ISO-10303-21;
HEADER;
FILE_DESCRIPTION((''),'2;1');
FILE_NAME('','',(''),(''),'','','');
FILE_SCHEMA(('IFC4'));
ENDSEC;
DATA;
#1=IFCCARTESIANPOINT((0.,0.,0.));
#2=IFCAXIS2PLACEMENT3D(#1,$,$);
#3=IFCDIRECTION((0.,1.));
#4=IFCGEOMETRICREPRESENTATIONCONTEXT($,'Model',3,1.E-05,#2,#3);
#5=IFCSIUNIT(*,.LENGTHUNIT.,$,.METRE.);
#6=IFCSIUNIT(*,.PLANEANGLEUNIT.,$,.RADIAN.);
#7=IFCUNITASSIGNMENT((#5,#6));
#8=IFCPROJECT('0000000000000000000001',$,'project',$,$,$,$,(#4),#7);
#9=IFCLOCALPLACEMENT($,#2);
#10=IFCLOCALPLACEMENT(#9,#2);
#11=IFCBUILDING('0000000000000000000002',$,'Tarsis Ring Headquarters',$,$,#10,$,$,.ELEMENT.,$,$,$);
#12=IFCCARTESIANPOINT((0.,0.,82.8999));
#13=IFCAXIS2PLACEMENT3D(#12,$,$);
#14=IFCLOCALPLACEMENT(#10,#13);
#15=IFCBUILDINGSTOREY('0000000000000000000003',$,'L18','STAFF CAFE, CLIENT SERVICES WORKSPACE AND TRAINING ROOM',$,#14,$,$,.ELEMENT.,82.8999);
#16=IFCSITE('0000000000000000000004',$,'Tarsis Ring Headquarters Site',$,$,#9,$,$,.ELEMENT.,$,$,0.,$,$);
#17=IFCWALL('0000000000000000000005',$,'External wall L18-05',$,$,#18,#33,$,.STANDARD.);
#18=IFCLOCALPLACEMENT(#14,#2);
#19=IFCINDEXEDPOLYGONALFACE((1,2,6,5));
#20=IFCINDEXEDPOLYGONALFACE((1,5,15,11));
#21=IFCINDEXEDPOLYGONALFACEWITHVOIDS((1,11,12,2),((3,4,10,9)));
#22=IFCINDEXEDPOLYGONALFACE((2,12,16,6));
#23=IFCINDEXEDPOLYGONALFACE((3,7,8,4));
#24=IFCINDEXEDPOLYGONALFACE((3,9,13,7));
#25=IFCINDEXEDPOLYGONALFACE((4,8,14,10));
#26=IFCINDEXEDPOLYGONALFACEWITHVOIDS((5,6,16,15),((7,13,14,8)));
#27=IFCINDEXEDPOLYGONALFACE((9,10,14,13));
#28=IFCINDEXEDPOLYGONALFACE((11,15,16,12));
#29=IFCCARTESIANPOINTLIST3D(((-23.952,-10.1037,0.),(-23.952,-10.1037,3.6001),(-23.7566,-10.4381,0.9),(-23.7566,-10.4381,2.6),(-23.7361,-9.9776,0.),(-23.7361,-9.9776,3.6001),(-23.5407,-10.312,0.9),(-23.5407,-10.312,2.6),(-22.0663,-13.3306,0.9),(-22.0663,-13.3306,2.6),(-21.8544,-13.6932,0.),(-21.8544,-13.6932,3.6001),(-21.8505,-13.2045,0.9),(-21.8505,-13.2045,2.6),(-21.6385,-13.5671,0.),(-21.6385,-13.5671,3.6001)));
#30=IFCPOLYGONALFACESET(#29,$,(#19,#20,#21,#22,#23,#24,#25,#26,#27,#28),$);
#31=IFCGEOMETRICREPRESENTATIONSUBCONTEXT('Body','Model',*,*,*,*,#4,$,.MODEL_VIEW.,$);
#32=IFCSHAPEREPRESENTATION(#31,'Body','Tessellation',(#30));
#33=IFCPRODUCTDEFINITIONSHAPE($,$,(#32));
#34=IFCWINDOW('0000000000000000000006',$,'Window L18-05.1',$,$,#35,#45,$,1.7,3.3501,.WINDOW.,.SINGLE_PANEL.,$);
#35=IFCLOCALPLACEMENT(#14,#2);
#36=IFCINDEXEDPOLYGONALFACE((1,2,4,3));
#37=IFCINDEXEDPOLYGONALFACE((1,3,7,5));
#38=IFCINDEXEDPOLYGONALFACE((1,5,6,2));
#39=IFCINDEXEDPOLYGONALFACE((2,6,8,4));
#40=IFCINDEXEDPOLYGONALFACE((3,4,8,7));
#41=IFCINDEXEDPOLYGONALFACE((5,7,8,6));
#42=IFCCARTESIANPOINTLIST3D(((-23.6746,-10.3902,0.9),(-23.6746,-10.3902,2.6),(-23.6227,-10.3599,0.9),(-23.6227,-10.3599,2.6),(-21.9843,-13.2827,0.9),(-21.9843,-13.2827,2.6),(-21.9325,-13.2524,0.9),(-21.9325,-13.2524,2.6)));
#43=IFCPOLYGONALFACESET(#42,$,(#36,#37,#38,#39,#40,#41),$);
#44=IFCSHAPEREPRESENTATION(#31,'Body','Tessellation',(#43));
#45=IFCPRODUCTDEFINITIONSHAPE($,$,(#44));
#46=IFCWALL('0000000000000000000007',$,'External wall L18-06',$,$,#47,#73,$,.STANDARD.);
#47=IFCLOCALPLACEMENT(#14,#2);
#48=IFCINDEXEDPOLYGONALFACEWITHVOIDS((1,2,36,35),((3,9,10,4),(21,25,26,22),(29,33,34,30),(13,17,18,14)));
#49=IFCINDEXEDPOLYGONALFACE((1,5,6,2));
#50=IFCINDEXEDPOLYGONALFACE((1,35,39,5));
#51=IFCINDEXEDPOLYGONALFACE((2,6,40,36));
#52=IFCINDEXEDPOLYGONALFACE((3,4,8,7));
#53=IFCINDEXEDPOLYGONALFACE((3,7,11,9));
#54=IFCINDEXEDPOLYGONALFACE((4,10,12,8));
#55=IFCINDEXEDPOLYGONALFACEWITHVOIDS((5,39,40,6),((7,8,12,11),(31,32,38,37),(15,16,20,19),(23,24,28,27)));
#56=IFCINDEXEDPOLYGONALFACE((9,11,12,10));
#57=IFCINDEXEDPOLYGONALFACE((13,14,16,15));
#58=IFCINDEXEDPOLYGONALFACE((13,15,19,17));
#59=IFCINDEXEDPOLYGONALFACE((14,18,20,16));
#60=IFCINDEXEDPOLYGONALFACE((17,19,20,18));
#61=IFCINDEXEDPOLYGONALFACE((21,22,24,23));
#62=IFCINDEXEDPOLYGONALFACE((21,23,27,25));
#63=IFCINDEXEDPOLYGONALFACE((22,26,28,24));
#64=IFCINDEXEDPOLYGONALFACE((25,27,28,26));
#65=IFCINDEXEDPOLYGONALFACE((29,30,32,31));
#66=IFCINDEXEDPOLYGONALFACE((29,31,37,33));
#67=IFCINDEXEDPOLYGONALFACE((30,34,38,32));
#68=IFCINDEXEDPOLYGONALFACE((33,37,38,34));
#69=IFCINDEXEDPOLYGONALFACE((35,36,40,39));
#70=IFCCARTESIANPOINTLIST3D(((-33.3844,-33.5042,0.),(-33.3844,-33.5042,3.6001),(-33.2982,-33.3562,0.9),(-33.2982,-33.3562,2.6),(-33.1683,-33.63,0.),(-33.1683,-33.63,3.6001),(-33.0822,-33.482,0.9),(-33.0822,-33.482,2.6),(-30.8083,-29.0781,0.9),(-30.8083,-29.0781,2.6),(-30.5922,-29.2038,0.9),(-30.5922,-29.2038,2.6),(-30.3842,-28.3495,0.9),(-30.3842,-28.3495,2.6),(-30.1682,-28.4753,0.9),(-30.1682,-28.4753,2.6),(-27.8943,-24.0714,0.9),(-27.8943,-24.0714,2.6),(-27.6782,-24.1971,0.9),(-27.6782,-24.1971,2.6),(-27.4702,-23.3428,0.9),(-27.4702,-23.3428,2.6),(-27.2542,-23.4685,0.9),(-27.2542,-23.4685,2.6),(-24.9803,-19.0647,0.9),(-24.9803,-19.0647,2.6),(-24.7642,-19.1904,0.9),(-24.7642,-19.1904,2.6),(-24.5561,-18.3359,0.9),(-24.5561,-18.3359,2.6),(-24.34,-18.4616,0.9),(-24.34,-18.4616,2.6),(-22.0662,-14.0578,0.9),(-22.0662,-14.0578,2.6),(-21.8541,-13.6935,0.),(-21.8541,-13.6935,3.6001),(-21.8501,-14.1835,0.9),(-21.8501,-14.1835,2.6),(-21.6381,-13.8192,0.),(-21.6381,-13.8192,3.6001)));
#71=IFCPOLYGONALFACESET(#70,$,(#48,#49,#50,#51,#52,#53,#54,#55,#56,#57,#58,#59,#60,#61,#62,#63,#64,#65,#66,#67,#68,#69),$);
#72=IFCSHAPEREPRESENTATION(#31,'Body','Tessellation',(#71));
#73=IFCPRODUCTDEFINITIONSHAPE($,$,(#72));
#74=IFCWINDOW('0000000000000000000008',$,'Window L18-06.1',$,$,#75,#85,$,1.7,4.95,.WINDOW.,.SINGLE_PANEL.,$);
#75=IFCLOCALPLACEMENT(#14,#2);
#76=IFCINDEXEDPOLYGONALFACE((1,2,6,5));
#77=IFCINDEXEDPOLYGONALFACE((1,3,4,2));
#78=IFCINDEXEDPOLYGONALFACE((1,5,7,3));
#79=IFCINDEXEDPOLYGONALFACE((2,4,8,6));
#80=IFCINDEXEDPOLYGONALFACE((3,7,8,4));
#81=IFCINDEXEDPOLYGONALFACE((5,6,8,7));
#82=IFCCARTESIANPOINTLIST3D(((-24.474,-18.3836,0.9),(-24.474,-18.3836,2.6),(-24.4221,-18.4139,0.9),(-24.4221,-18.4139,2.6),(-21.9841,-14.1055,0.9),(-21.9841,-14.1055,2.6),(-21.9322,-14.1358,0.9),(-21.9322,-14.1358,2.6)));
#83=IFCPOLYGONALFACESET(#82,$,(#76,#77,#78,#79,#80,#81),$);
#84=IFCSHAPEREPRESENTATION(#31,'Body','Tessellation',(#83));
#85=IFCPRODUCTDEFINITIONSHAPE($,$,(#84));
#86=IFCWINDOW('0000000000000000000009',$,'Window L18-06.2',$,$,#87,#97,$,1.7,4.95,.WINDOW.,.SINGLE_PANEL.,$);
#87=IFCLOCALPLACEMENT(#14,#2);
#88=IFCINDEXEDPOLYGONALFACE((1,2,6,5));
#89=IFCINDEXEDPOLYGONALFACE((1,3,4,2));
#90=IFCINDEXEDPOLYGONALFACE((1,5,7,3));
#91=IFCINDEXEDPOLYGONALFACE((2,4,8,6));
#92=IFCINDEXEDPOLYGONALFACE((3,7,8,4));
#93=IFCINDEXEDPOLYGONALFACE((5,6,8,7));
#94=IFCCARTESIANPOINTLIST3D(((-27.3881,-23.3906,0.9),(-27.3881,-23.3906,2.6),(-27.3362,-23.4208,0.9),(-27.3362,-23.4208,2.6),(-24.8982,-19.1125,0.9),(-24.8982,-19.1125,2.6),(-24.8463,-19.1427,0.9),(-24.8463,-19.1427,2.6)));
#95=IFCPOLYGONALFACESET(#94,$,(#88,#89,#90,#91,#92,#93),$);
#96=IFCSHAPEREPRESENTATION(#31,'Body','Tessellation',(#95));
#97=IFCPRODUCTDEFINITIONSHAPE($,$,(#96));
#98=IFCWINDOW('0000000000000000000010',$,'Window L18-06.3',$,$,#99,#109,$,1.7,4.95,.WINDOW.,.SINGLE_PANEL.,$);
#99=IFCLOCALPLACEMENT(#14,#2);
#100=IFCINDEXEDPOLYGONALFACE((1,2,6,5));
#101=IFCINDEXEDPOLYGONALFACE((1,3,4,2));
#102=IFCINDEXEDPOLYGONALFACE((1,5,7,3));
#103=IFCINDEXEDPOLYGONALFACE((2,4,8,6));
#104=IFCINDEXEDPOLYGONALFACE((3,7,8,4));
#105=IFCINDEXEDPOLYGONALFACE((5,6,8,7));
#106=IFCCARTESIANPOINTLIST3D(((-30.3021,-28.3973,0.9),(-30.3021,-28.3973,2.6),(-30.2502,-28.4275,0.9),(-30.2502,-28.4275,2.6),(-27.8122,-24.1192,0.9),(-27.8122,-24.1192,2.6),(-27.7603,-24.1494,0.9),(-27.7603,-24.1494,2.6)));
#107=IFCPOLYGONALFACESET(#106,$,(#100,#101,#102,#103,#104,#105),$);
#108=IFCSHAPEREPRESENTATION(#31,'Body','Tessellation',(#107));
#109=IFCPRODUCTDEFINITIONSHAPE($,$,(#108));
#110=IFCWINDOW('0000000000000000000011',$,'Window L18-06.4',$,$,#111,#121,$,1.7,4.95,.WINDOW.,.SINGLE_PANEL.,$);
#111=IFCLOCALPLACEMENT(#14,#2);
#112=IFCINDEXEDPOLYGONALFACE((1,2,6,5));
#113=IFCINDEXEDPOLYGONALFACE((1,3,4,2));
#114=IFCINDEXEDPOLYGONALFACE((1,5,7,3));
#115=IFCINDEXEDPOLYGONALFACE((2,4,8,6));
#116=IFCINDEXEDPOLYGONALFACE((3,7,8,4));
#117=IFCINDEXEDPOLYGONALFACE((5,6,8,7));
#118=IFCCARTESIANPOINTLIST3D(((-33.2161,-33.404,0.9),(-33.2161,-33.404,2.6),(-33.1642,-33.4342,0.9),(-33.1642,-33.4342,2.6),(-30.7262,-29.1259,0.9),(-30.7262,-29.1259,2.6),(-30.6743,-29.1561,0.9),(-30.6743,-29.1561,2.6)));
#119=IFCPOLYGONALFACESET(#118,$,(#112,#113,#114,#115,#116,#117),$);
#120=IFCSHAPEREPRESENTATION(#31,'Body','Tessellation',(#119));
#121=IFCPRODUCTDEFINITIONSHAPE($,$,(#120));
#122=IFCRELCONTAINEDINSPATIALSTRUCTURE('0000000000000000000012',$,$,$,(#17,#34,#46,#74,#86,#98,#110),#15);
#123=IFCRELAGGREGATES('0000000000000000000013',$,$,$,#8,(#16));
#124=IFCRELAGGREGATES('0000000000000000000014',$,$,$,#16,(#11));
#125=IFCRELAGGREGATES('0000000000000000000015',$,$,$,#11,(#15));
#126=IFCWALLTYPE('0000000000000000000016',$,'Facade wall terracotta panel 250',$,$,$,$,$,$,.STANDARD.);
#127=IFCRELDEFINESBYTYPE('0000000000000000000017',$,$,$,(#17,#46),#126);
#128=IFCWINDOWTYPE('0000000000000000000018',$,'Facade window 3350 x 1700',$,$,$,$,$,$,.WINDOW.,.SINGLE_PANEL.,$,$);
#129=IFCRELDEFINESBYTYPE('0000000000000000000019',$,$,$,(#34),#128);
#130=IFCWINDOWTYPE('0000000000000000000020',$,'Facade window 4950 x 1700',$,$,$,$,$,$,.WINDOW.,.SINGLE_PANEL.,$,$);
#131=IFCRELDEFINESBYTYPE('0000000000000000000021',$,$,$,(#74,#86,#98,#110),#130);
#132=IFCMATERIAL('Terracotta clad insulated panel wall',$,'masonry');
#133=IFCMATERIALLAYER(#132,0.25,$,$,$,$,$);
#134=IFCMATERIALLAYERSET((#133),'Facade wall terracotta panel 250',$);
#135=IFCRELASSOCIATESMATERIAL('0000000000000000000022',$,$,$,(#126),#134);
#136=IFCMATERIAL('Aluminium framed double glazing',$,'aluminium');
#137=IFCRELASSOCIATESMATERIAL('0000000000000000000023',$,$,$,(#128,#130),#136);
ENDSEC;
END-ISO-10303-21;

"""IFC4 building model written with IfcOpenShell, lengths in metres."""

from ifc_helpers import new_model, si_unit, direction, frame, frame_2d, origin, place, context, subcontext, project, spatial, rectangle, extrude, material, layer, layer_set, type_object, element, fill, save


model = new_model("IFC4")

# Units and contexts
model_context = context("Model", 3, precision=1e-05, world=origin(), true_north=direction((0.0, 1.0)))
body_context = subcontext(model_context, "Body", "Model", "MODEL_VIEW")
ifc_project = project(units=[si_unit("LENGTHUNIT", "METRE"), si_unit("PLANEANGLEUNIT", "RADIAN")], contexts=[model_context])

# Site, building, storey
site_placement = place(None, origin())
site = spatial("IfcSite", under=ifc_project, at=site_placement, Name="Tarsis Ring Headquarters Site", CompositionType="ELEMENT", RefElevation=0.0)
building_placement = place(site_placement, origin())
building = spatial("IfcBuilding", under=site, at=building_placement, Name="Tarsis Ring Headquarters", CompositionType="ELEMENT")
storey_placement = place(building_placement, frame((0.0, 0.0, 82.8999)))
storey = spatial("IfcBuildingStorey", under=building, at=storey_placement, Name="L18", Description="STAFF CAFE, CLIENT SERVICES WORKSPACE AND TRAINING ROOM", CompositionType="ELEMENT", Elevation=82.8999)

# Wall, opening, window
ifc_material_1 = material(Name="Terracotta clad insulated panel wall", Category="masonry")
ifc_layer_1 = layer(ifc_material_1, 0.25)
ifc_layer_set_1 = layer_set([ifc_layer_1], Name="Facade wall terracotta panel 250")
wall_type_1 = type_object("IfcWallType", Name="Facade wall terracotta panel 250", PredefinedType="STANDARD", material=ifc_layer_set_1)
ifc_material_2 = material(Name="Aluminium framed double glazing", Category="aluminium")
wall_1_placement = place(storey_placement, frame((-23.844, -10.0408, 0.0), z_axis=(0.0, 0.0, 1.0), x_axis=(0.504539, -0.863389, 0.0)))
wall_1 = element("IfcWall", 1, at=wall_1_placement, inside=storey, type_object=wall_type_1, Name="External wall L18-05", PredefinedType="STANDARD", context=body_context, shape_type="SweptSolid", body=[
    extrude(rectangle(XDim=4.1575, YDim=0.25, at=frame_2d((2.0786, 0.0))), origin(), (0.0, 0.0, 1.0), 3.6001),
])
opening_1_placement = place(wall_1_placement, frame((0.3872, 0.0, 0.8999)))
opening_1 = element("IfcOpeningElement", 2, at=opening_1_placement, cuts=wall_1, PredefinedType="OPENING", context=body_context, shape_type="SweptSolid", body=[
    extrude(rectangle(XDim=3.3501, YDim=1.7, at=frame_2d((1.675, 0.8501))), frame((0.0, 0.135, 0.0), z_axis=(0.0, -1.0, 0.0), x_axis=(1.0, 0.0, 0.0)), (0.0, 0.0, 1.0), 0.27),
])
window_type_1 = type_object("IfcWindowType", Name="Facade window 3350 x 1700", PartitioningType="SINGLE_PANEL", PredefinedType="WINDOW", material=ifc_material_2)
window_1_placement = place(opening_1_placement, origin())
window_1 = element("IfcWindow", 3, at=window_1_placement, inside=storey, type_object=window_type_1, Name="Window L18-05.1", OverallHeight=1.7, OverallWidth=3.3501, PartitioningType="SINGLE_PANEL", PredefinedType="WINDOW", context=body_context, shape_type="SweptSolid", body=[
    extrude(rectangle(XDim=3.3501, YDim=1.7, at=frame_2d((1.675, 0.8501))), frame((0.0, 0.03, 0.0), z_axis=(0.0, -1.0, 0.0), x_axis=(1.0, 0.0, 0.0)), (0.0, 0.0, 1.0), 0.0601),
])
fill(opening_1, window_1)

# Wall, openings, windows
wall_2_placement = place(storey_placement, frame((-21.7461, -13.7563, 0.0), z_axis=(0.0, 0.0, 1.0), x_axis=(-0.503024, -0.864273, 0.0)))
wall_2 = element("IfcWall", 4, at=wall_2_placement, inside=storey, type_object=wall_type_1, Name="External wall L18-06", PredefinedType="STANDARD", context=body_context, shape_type="SweptSolid", body=[
    extrude(rectangle(XDim=22.9219, YDim=0.25, at=frame_2d((11.4609, 0.0))), origin(), (0.0, 0.0, 1.0), 3.6001),
])
opening_2_placement = place(wall_2_placement, frame((0.4214, 0.0, 0.8999)))
opening_2 = element("IfcOpeningElement", 5, at=opening_2_placement, cuts=wall_2, PredefinedType="OPENING", context=body_context, shape_type="SweptSolid", body=[
    extrude(rectangle(XDim=4.95, YDim=1.7, at=frame_2d((2.4751, 0.8501))), frame((0.0, 0.135, 0.0), z_axis=(0.0, -1.0, 0.0), x_axis=(1.0, 0.0, 0.0)), (0.0, 0.0, 1.0), 0.27),
])
opening_3_placement = place(wall_2_placement, frame((6.2146, 0.0, 0.8999)))
opening_3 = element("IfcOpeningElement", 6, at=opening_3_placement, cuts=wall_2, PredefinedType="OPENING", context=body_context, shape_type="SweptSolid", body=[
    extrude(rectangle(XDim=4.95, YDim=1.7, at=frame_2d((2.4751, 0.8501))), frame((0.0, 0.135, 0.0), z_axis=(0.0, -1.0, 0.0), x_axis=(1.0, 0.0, 0.0)), (0.0, 0.0, 1.0), 0.27),
])
opening_4_placement = place(wall_2_placement, frame((12.0076, 0.0, 0.8999)))
opening_4 = element("IfcOpeningElement", 7, at=opening_4_placement, cuts=wall_2, PredefinedType="OPENING", context=body_context, shape_type="SweptSolid", body=[
    extrude(rectangle(XDim=4.95, YDim=1.7, at=frame_2d((2.4751, 0.8501))), frame((0.0, 0.135, 0.0), z_axis=(0.0, -1.0, 0.0), x_axis=(1.0, 0.0, 0.0)), (0.0, 0.0, 1.0), 0.27),
])
opening_5_placement = place(wall_2_placement, frame((17.8005, 0.0, 0.8999)))
opening_5 = element("IfcOpeningElement", 8, at=opening_5_placement, cuts=wall_2, PredefinedType="OPENING", context=body_context, shape_type="SweptSolid", body=[
    extrude(rectangle(XDim=4.95, YDim=1.7, at=frame_2d((2.4751, 0.8501))), frame((0.0, 0.135, 0.0), z_axis=(0.0, -1.0, 0.0), x_axis=(1.0, 0.0, 0.0)), (0.0, 0.0, 1.0), 0.27),
])
window_type_2 = type_object("IfcWindowType", Name="Facade window 4950 x 1700", PartitioningType="SINGLE_PANEL", PredefinedType="WINDOW", material=ifc_material_2)
window_2_placement = place(opening_2_placement, origin())
window_2 = element("IfcWindow", 9, at=window_2_placement, inside=storey, type_object=window_type_2, Name="Window L18-06.1", OverallHeight=1.7, OverallWidth=4.95, PartitioningType="SINGLE_PANEL", PredefinedType="WINDOW", context=body_context, shape_type="SweptSolid", body=[
    extrude(rectangle(XDim=4.95, YDim=1.7, at=frame_2d((2.4751, 0.8501))), frame((0.0, 0.03, 0.0), z_axis=(0.0, -1.0, 0.0), x_axis=(1.0, 0.0, 0.0)), (0.0, 0.0, 1.0), 0.0601),
])
fill(opening_2, window_2)
window_3_placement = place(opening_3_placement, origin())
window_3 = element("IfcWindow", 10, at=window_3_placement, inside=storey, type_object=window_type_2, Name="Window L18-06.2", OverallHeight=1.7, OverallWidth=4.95, PartitioningType="SINGLE_PANEL", PredefinedType="WINDOW", context=body_context, shape_type="SweptSolid", body=[
    extrude(rectangle(XDim=4.95, YDim=1.7, at=frame_2d((2.4751, 0.8501))), frame((0.0, 0.03, 0.0), z_axis=(0.0, -1.0, 0.0), x_axis=(1.0, 0.0, 0.0)), (0.0, 0.0, 1.0), 0.0601),
])
fill(opening_3, window_3)
window_4_placement = place(opening_4_placement, origin())
window_4 = element("IfcWindow", 11, at=window_4_placement, inside=storey, type_object=window_type_2, Name="Window L18-06.3", OverallHeight=1.7, OverallWidth=4.95, PartitioningType="SINGLE_PANEL", PredefinedType="WINDOW", context=body_context, shape_type="SweptSolid", body=[
    extrude(rectangle(XDim=4.95, YDim=1.7, at=frame_2d((2.4751, 0.8501))), frame((0.0, 0.03, 0.0), z_axis=(0.0, -1.0, 0.0), x_axis=(1.0, 0.0, 0.0)), (0.0, 0.0, 1.0), 0.0601),
])
fill(opening_4, window_4)
window_5_placement = place(opening_5_placement, origin())
window_5 = element("IfcWindow", 12, at=window_5_placement, inside=storey, type_object=window_type_2, Name="Window L18-06.4", OverallHeight=1.7, OverallWidth=4.95, PartitioningType="SINGLE_PANEL", PredefinedType="WINDOW", context=body_context, shape_type="SweptSolid", body=[
    extrude(rectangle(XDim=4.95, YDim=1.7, at=frame_2d((2.4751, 0.8501))), frame((0.0, 0.03, 0.0), z_axis=(0.0, -1.0, 0.0), x_axis=(1.0, 0.0, 0.0)), (0.0, 0.0, 1.0), 0.0601),
])
fill(opening_5, window_5)

save(model, "model.ifc")
